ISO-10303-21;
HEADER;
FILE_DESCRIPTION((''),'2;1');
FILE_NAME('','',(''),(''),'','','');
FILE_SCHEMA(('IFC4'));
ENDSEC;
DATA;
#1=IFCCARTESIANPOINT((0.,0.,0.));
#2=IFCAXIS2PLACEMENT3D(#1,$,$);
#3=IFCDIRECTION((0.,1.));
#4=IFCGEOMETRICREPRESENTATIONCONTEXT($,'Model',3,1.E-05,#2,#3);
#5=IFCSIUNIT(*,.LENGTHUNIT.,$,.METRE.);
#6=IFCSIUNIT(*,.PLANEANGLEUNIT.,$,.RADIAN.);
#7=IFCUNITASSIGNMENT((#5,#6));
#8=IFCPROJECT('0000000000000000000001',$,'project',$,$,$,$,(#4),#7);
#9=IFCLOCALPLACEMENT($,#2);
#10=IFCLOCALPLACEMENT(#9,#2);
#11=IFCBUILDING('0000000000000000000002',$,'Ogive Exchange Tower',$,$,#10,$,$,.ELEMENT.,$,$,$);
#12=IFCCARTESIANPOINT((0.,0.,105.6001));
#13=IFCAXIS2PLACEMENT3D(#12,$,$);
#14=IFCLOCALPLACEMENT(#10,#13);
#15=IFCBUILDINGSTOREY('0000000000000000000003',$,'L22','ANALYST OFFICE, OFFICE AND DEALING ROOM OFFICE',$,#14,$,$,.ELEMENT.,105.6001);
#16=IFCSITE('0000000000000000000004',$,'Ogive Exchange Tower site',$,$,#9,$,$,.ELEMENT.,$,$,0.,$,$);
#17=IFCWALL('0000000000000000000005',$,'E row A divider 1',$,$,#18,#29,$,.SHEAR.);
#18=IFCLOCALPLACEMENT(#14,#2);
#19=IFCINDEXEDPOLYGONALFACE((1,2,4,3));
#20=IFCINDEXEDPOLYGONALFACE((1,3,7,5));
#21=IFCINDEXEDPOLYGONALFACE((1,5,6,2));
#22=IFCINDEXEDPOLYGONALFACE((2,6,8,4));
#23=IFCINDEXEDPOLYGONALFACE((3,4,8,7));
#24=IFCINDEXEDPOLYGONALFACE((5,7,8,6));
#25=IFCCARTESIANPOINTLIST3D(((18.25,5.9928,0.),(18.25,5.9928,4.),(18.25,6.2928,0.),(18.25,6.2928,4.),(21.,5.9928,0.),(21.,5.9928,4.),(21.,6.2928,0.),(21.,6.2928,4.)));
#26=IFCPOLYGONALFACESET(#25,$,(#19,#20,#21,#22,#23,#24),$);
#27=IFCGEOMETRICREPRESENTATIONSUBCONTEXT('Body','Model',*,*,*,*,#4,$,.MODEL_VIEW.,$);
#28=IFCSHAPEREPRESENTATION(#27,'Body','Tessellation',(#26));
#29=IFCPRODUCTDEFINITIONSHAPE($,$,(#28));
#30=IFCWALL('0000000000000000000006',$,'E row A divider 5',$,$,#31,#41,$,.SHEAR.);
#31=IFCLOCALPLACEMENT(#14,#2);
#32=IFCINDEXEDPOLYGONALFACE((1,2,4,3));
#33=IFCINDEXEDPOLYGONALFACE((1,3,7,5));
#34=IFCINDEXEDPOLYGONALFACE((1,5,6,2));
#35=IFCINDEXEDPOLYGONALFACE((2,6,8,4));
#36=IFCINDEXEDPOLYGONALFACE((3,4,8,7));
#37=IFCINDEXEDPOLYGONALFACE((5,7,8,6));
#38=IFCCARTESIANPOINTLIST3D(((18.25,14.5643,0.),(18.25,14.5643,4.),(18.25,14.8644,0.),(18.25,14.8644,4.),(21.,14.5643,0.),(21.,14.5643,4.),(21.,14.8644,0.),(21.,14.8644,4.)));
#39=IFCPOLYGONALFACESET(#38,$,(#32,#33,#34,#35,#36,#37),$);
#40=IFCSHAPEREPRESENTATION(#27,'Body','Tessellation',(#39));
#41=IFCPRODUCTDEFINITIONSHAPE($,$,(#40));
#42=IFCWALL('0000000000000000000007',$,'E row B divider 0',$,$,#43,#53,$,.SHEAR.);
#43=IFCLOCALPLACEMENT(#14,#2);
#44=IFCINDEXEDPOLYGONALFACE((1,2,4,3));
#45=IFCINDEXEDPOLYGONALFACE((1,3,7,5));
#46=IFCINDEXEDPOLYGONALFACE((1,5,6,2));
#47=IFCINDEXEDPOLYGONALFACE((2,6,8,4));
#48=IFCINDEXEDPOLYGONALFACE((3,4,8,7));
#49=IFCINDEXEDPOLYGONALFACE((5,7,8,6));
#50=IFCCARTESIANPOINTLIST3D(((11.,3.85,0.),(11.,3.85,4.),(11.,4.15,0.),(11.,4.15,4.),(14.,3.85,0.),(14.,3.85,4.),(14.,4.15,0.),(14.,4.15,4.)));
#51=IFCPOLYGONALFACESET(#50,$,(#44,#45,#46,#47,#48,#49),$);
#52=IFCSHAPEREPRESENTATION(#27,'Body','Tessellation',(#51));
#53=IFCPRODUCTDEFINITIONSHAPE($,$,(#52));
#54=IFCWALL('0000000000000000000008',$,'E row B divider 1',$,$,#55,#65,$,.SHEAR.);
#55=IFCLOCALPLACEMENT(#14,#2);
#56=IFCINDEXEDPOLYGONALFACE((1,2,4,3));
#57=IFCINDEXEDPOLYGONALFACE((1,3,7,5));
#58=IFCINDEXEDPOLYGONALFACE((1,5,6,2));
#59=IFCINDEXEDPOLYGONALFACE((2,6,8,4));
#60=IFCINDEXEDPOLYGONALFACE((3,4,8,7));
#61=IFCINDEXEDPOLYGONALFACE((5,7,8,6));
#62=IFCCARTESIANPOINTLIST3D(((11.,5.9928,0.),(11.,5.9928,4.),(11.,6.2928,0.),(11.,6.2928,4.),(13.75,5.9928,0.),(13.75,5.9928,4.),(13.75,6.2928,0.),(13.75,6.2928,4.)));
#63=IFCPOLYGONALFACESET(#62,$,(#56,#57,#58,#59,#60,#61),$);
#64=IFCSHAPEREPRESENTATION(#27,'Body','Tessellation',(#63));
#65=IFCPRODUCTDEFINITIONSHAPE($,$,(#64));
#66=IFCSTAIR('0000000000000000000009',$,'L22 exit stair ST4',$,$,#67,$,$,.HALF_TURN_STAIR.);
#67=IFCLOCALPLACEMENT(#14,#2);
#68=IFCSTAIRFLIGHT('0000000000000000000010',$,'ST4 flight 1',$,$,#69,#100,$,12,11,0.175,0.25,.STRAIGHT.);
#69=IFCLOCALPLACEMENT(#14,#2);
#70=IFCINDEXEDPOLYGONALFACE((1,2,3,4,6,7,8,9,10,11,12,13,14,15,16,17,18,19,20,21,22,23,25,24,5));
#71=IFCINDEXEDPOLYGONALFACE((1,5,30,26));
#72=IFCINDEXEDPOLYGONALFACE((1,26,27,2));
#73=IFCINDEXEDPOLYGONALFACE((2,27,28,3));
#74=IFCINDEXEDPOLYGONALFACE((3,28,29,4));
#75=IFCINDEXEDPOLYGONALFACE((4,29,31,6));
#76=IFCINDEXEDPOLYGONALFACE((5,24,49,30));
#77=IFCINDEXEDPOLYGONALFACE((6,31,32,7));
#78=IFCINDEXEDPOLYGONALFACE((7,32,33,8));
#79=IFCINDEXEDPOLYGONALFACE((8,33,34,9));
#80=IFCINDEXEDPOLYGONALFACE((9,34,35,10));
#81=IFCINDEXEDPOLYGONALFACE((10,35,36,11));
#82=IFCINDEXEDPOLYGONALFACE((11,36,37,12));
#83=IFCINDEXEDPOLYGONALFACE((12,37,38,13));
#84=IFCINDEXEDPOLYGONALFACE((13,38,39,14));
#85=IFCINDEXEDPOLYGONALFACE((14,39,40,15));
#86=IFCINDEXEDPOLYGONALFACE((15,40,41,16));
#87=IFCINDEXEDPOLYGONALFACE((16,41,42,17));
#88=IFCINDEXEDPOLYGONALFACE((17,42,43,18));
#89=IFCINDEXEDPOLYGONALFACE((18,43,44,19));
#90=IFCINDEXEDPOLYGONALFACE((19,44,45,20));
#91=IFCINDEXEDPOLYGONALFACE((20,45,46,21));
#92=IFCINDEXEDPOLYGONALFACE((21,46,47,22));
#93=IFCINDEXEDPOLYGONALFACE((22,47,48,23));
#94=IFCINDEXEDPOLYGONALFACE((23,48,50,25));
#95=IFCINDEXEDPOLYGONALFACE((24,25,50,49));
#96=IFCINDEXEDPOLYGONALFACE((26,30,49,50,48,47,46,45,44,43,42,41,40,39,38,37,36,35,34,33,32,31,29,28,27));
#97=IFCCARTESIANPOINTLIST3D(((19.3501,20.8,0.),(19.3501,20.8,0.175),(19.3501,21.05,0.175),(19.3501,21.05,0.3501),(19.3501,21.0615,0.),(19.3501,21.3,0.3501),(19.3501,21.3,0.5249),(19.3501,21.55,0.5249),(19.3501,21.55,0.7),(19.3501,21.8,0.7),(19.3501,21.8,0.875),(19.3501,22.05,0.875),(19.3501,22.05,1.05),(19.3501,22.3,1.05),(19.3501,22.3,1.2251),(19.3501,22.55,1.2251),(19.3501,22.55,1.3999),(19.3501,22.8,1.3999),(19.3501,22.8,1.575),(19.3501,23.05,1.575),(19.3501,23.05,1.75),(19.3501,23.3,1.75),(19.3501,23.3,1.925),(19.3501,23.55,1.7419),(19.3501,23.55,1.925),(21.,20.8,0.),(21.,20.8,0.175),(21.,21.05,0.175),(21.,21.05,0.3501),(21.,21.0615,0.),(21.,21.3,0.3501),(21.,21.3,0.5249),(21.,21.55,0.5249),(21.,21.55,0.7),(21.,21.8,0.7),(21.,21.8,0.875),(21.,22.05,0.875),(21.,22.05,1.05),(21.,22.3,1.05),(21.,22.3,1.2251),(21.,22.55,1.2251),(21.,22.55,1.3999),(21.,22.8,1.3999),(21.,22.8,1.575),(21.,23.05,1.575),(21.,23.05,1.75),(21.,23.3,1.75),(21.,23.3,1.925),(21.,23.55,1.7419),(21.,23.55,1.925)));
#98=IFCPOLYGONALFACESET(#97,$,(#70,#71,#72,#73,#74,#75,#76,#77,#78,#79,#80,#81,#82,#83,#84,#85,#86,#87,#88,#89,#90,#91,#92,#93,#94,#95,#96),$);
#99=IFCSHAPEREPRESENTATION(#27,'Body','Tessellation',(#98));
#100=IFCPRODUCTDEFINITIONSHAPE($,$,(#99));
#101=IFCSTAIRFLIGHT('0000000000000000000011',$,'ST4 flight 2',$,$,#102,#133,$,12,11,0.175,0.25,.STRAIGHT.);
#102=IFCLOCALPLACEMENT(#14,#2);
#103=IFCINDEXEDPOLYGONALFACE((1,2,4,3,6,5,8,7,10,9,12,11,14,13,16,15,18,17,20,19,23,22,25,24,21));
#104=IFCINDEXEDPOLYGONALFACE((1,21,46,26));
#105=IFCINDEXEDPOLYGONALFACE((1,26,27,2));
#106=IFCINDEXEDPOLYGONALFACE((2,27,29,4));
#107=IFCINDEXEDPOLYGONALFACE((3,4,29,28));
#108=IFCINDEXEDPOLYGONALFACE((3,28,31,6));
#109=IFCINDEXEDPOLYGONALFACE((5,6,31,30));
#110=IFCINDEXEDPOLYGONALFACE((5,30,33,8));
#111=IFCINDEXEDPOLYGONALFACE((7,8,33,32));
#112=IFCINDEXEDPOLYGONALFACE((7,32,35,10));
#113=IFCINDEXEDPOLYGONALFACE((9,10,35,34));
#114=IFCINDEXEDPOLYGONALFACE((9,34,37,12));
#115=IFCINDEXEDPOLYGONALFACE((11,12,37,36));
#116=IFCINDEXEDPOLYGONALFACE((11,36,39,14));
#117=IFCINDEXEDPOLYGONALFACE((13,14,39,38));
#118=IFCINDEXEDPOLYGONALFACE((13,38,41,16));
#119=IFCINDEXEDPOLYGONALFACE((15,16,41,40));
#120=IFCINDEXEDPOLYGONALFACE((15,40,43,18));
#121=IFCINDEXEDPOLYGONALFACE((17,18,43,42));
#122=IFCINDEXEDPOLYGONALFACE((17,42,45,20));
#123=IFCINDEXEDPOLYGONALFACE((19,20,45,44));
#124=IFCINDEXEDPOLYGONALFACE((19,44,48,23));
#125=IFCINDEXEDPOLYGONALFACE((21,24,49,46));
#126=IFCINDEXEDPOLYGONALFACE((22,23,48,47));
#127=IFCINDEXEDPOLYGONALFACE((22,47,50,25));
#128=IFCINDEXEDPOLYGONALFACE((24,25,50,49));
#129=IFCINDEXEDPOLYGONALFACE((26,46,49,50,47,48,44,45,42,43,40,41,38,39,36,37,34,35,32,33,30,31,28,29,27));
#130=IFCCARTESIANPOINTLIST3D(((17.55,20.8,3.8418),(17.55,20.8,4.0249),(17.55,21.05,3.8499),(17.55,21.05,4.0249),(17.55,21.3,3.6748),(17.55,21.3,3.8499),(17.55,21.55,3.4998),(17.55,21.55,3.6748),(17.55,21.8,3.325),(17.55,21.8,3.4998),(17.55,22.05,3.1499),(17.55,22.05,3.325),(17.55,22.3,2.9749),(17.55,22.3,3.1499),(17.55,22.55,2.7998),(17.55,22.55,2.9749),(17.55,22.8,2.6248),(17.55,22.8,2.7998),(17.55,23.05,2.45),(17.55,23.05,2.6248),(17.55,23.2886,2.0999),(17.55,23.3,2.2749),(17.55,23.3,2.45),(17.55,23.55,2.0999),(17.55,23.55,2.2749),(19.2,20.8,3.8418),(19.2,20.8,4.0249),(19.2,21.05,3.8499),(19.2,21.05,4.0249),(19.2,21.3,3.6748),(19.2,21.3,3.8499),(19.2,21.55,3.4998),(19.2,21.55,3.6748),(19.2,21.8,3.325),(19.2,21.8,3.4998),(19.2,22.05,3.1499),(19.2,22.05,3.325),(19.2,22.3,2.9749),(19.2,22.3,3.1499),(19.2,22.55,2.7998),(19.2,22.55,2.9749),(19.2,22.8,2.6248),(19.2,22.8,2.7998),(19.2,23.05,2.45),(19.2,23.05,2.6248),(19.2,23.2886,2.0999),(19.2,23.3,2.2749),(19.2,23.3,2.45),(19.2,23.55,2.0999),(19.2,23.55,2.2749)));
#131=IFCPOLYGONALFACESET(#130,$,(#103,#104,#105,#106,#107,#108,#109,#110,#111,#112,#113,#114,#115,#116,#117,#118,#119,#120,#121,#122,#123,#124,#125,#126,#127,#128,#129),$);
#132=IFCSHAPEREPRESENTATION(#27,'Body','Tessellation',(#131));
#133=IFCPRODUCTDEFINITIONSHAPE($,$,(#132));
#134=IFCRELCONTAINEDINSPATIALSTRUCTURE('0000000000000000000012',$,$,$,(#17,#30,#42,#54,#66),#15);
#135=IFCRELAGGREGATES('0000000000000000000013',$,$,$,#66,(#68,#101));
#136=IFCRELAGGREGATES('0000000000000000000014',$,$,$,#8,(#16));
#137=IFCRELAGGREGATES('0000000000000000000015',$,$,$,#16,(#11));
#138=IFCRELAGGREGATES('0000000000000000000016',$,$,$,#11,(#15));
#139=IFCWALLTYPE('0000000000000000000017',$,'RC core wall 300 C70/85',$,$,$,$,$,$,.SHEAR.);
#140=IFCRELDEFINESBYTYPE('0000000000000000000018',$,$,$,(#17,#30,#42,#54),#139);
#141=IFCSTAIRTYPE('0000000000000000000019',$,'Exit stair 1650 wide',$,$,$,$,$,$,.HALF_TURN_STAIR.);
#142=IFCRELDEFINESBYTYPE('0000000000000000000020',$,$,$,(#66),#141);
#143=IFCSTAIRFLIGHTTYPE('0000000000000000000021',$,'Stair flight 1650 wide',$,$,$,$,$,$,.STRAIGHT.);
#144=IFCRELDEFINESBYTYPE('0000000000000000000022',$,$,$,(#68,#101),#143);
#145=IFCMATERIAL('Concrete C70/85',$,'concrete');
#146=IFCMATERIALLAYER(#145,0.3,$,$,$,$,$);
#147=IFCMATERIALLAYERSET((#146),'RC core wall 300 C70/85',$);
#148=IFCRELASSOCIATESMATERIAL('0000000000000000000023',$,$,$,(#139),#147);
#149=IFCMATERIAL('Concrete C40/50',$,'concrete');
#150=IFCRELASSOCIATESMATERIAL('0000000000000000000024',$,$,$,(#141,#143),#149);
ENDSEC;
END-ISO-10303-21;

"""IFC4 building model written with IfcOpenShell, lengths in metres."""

from ifc_helpers import new_model, si_unit, direction, frame, frame_2d, origin, place, context, subcontext, project, spatial, polyline, rectangle, outline, extrude, material, layer, layer_set, type_object, element, aggregate, save


model = new_model("IFC4")

# Units and contexts
model_context = context("Model", 3, precision=1e-05, world=origin(), true_north=direction((0.0, 1.0)))
body_context = subcontext(model_context, "Body", "Model", "MODEL_VIEW")
ifc_project = project(units=[si_unit("LENGTHUNIT", "METRE"), si_unit("PLANEANGLEUNIT", "RADIAN")], contexts=[model_context])

# Site, building, storey
site_placement = place(None, origin())
site = spatial("IfcSite", under=ifc_project, at=site_placement, Name="Ogive Exchange Tower site", CompositionType="ELEMENT", RefElevation=0.0)
building_placement = place(site_placement, origin())
building = spatial("IfcBuilding", under=site, at=building_placement, Name="Ogive Exchange Tower", CompositionType="ELEMENT")
storey_placement = place(building_placement, frame((0.0, 0.0, 105.6001)))
storey = spatial("IfcBuildingStorey", under=building, at=storey_placement, Name="L22", Description="ANALYST OFFICE, OFFICE AND DEALING ROOM OFFICE", CompositionType="ELEMENT", Elevation=105.6001)

# Shared definitions
ifc_material_1 = material(Name="Concrete C70/85", Category="concrete")

# Walls
ifc_layer_1 = layer(ifc_material_1, 0.3)
ifc_layer_set_1 = layer_set([ifc_layer_1], Name="RC core wall 300 C70/85")
wall_type_1 = type_object("IfcWallType", Name="RC core wall 300 C70/85", PredefinedType="SHEAR", material=ifc_layer_set_1)
for number, where, z_axis, x_axis, name in (
    (1, (18.25, 6.1428, 0.0), (0.0, 0.0, 1.0), (1.0, 0.0, 0.0), "E row A divider 1"),
    (2, (18.25, 14.7144, 0.0), (0.0, 0.0, 1.0), (1.0, 0.0, 0.0), "E row A divider 5"),
):
    element("IfcWall", number, at=place(storey_placement, frame(where, z_axis=z_axis, x_axis=x_axis)), inside=storey, type_object=wall_type_1, Name=name, PredefinedType="SHEAR", context=body_context, shape_type="SweptSolid", body=[
        extrude(rectangle(XDim=2.75, YDim=0.3, at=frame_2d((1.375, 0.0))), origin(), (0.0, 0.0, 1.0), 4.0),
    ])
wall_1_placement = place(storey_placement, frame((11.0, 4.0, 0.0), z_axis=(0.0, 0.0, 1.0), x_axis=(1.0, 0.0, 0.0)))
element("IfcWall", 3, at=wall_1_placement, inside=storey, type_object=wall_type_1, Name="E row B divider 0", PredefinedType="SHEAR", context=body_context, shape_type="SweptSolid", body=[
    extrude(rectangle(XDim=3.0, YDim=0.3, at=frame_2d((1.5, 0.0))), origin(), (0.0, 0.0, 1.0), 4.0),
])
wall_2_placement = place(storey_placement, frame((11.0, 6.1428, 0.0), z_axis=(0.0, 0.0, 1.0), x_axis=(1.0, 0.0, 0.0)))
element("IfcWall", 4, at=wall_2_placement, inside=storey, type_object=wall_type_1, Name="E row B divider 1", PredefinedType="SHEAR", context=body_context, shape_type="SweptSolid", body=[
    extrude(rectangle(XDim=2.75, YDim=0.3, at=frame_2d((1.375, 0.0))), origin(), (0.0, 0.0, 1.0), 4.0),
])

# Stair, stair flights
ifc_material_2 = material(Name="Concrete C40/50", Category="concrete")
stair_type = type_object("IfcStairType", Name="Exit stair 1650 wide", PredefinedType="HALF_TURN_STAIR", material=ifc_material_2)
stair_placement = place(storey_placement, origin())
stair = element("IfcStair", 5, at=stair_placement, inside=storey, type_object=stair_type, Name="L22 exit stair ST4", PredefinedType="HALF_TURN_STAIR")
stair_flight_type = type_object("IfcStairFlightType", Name="Stair flight 1650 wide", PredefinedType="STRAIGHT", material=ifc_material_2)
stair_flight_1_placement = place(storey_placement, frame((20.175, 20.8, 0.0), z_axis=(0.0, 0.0, 1.0), x_axis=(0.0, 1.0, 0.0)))
stair_flight_1 = element("IfcStairFlight", 6, at=stair_flight_1_placement, type_object=stair_flight_type, Name="ST4 flight 1", NumberOfRisers=12, NumberOfTreads=11, PredefinedType="STRAIGHT", RiserHeight=0.175, TreadLength=0.25, context=body_context, shape_type="SweptSolid", body=[
    extrude(outline(polyline([(0.0, 0.0), (0.0, 0.175), (0.25, 0.175), (0.25, 0.3501), (0.5, 0.3501), (0.5, 0.5249), (0.75, 0.5249), (0.75, 0.7), (1.0, 0.7), (1.0, 0.875), (1.25, 0.875), (1.25, 1.05), (1.5, 1.05), (1.5, 1.2251), (1.75, 1.2251), (1.75, 1.3999), (2.0, 1.3999), (2.0, 1.575), (2.25, 1.575), (2.25, 1.75), (2.5, 1.75), (2.5, 1.925), (2.75, 1.925), (2.75, 2.1001), (2.75, 1.7419), (0.2615, 0.0), (0.0, 0.0)])), frame((0.0, 0.825, 0.0), z_axis=(0.0, -1.0, 0.0), x_axis=(1.0, 0.0, 0.0)), (0.0, 0.0, 1.0), 1.6499),
])
stair_flight_2_placement = place(storey_placement, frame((18.375, 23.55, 2.0999), z_axis=(0.0, 0.0, 1.0), x_axis=(0.0, -1.0, 0.0)))
stair_flight_2 = element("IfcStairFlight", 7, at=stair_flight_2_placement, type_object=stair_flight_type, Name="ST4 flight 2", NumberOfRisers=12, NumberOfTreads=11, PredefinedType="STRAIGHT", RiserHeight=0.175, TreadLength=0.25, context=body_context, shape_type="SweptSolid", body=[
    extrude(outline(polyline([(0.0, 0.0), (0.0, 0.175), (0.25, 0.175), (0.25, 0.3501), (0.5, 0.3501), (0.5, 0.5249), (0.75, 0.5249), (0.75, 0.7), (1.0, 0.7), (1.0, 0.875), (1.25, 0.875), (1.25, 1.05), (1.5, 1.05), (1.5, 1.2251), (1.75, 1.2251), (1.75, 1.3999), (2.0, 1.3999), (2.0, 1.575), (2.25, 1.575), (2.25, 1.75), (2.5, 1.75), (2.5, 1.925), (2.75, 1.925), (2.75, 2.1001), (2.75, 1.7419), (0.2615, 0.0), (0.0, 0.0)])), frame((0.0, 0.825, 0.0), z_axis=(0.0, -1.0, 0.0), x_axis=(1.0, 0.0, 0.0)), (0.0, 0.0, 1.0), 1.6499),
])
aggregate(stair, [stair_flight_1, stair_flight_2])

save(model, "model.ifc")
